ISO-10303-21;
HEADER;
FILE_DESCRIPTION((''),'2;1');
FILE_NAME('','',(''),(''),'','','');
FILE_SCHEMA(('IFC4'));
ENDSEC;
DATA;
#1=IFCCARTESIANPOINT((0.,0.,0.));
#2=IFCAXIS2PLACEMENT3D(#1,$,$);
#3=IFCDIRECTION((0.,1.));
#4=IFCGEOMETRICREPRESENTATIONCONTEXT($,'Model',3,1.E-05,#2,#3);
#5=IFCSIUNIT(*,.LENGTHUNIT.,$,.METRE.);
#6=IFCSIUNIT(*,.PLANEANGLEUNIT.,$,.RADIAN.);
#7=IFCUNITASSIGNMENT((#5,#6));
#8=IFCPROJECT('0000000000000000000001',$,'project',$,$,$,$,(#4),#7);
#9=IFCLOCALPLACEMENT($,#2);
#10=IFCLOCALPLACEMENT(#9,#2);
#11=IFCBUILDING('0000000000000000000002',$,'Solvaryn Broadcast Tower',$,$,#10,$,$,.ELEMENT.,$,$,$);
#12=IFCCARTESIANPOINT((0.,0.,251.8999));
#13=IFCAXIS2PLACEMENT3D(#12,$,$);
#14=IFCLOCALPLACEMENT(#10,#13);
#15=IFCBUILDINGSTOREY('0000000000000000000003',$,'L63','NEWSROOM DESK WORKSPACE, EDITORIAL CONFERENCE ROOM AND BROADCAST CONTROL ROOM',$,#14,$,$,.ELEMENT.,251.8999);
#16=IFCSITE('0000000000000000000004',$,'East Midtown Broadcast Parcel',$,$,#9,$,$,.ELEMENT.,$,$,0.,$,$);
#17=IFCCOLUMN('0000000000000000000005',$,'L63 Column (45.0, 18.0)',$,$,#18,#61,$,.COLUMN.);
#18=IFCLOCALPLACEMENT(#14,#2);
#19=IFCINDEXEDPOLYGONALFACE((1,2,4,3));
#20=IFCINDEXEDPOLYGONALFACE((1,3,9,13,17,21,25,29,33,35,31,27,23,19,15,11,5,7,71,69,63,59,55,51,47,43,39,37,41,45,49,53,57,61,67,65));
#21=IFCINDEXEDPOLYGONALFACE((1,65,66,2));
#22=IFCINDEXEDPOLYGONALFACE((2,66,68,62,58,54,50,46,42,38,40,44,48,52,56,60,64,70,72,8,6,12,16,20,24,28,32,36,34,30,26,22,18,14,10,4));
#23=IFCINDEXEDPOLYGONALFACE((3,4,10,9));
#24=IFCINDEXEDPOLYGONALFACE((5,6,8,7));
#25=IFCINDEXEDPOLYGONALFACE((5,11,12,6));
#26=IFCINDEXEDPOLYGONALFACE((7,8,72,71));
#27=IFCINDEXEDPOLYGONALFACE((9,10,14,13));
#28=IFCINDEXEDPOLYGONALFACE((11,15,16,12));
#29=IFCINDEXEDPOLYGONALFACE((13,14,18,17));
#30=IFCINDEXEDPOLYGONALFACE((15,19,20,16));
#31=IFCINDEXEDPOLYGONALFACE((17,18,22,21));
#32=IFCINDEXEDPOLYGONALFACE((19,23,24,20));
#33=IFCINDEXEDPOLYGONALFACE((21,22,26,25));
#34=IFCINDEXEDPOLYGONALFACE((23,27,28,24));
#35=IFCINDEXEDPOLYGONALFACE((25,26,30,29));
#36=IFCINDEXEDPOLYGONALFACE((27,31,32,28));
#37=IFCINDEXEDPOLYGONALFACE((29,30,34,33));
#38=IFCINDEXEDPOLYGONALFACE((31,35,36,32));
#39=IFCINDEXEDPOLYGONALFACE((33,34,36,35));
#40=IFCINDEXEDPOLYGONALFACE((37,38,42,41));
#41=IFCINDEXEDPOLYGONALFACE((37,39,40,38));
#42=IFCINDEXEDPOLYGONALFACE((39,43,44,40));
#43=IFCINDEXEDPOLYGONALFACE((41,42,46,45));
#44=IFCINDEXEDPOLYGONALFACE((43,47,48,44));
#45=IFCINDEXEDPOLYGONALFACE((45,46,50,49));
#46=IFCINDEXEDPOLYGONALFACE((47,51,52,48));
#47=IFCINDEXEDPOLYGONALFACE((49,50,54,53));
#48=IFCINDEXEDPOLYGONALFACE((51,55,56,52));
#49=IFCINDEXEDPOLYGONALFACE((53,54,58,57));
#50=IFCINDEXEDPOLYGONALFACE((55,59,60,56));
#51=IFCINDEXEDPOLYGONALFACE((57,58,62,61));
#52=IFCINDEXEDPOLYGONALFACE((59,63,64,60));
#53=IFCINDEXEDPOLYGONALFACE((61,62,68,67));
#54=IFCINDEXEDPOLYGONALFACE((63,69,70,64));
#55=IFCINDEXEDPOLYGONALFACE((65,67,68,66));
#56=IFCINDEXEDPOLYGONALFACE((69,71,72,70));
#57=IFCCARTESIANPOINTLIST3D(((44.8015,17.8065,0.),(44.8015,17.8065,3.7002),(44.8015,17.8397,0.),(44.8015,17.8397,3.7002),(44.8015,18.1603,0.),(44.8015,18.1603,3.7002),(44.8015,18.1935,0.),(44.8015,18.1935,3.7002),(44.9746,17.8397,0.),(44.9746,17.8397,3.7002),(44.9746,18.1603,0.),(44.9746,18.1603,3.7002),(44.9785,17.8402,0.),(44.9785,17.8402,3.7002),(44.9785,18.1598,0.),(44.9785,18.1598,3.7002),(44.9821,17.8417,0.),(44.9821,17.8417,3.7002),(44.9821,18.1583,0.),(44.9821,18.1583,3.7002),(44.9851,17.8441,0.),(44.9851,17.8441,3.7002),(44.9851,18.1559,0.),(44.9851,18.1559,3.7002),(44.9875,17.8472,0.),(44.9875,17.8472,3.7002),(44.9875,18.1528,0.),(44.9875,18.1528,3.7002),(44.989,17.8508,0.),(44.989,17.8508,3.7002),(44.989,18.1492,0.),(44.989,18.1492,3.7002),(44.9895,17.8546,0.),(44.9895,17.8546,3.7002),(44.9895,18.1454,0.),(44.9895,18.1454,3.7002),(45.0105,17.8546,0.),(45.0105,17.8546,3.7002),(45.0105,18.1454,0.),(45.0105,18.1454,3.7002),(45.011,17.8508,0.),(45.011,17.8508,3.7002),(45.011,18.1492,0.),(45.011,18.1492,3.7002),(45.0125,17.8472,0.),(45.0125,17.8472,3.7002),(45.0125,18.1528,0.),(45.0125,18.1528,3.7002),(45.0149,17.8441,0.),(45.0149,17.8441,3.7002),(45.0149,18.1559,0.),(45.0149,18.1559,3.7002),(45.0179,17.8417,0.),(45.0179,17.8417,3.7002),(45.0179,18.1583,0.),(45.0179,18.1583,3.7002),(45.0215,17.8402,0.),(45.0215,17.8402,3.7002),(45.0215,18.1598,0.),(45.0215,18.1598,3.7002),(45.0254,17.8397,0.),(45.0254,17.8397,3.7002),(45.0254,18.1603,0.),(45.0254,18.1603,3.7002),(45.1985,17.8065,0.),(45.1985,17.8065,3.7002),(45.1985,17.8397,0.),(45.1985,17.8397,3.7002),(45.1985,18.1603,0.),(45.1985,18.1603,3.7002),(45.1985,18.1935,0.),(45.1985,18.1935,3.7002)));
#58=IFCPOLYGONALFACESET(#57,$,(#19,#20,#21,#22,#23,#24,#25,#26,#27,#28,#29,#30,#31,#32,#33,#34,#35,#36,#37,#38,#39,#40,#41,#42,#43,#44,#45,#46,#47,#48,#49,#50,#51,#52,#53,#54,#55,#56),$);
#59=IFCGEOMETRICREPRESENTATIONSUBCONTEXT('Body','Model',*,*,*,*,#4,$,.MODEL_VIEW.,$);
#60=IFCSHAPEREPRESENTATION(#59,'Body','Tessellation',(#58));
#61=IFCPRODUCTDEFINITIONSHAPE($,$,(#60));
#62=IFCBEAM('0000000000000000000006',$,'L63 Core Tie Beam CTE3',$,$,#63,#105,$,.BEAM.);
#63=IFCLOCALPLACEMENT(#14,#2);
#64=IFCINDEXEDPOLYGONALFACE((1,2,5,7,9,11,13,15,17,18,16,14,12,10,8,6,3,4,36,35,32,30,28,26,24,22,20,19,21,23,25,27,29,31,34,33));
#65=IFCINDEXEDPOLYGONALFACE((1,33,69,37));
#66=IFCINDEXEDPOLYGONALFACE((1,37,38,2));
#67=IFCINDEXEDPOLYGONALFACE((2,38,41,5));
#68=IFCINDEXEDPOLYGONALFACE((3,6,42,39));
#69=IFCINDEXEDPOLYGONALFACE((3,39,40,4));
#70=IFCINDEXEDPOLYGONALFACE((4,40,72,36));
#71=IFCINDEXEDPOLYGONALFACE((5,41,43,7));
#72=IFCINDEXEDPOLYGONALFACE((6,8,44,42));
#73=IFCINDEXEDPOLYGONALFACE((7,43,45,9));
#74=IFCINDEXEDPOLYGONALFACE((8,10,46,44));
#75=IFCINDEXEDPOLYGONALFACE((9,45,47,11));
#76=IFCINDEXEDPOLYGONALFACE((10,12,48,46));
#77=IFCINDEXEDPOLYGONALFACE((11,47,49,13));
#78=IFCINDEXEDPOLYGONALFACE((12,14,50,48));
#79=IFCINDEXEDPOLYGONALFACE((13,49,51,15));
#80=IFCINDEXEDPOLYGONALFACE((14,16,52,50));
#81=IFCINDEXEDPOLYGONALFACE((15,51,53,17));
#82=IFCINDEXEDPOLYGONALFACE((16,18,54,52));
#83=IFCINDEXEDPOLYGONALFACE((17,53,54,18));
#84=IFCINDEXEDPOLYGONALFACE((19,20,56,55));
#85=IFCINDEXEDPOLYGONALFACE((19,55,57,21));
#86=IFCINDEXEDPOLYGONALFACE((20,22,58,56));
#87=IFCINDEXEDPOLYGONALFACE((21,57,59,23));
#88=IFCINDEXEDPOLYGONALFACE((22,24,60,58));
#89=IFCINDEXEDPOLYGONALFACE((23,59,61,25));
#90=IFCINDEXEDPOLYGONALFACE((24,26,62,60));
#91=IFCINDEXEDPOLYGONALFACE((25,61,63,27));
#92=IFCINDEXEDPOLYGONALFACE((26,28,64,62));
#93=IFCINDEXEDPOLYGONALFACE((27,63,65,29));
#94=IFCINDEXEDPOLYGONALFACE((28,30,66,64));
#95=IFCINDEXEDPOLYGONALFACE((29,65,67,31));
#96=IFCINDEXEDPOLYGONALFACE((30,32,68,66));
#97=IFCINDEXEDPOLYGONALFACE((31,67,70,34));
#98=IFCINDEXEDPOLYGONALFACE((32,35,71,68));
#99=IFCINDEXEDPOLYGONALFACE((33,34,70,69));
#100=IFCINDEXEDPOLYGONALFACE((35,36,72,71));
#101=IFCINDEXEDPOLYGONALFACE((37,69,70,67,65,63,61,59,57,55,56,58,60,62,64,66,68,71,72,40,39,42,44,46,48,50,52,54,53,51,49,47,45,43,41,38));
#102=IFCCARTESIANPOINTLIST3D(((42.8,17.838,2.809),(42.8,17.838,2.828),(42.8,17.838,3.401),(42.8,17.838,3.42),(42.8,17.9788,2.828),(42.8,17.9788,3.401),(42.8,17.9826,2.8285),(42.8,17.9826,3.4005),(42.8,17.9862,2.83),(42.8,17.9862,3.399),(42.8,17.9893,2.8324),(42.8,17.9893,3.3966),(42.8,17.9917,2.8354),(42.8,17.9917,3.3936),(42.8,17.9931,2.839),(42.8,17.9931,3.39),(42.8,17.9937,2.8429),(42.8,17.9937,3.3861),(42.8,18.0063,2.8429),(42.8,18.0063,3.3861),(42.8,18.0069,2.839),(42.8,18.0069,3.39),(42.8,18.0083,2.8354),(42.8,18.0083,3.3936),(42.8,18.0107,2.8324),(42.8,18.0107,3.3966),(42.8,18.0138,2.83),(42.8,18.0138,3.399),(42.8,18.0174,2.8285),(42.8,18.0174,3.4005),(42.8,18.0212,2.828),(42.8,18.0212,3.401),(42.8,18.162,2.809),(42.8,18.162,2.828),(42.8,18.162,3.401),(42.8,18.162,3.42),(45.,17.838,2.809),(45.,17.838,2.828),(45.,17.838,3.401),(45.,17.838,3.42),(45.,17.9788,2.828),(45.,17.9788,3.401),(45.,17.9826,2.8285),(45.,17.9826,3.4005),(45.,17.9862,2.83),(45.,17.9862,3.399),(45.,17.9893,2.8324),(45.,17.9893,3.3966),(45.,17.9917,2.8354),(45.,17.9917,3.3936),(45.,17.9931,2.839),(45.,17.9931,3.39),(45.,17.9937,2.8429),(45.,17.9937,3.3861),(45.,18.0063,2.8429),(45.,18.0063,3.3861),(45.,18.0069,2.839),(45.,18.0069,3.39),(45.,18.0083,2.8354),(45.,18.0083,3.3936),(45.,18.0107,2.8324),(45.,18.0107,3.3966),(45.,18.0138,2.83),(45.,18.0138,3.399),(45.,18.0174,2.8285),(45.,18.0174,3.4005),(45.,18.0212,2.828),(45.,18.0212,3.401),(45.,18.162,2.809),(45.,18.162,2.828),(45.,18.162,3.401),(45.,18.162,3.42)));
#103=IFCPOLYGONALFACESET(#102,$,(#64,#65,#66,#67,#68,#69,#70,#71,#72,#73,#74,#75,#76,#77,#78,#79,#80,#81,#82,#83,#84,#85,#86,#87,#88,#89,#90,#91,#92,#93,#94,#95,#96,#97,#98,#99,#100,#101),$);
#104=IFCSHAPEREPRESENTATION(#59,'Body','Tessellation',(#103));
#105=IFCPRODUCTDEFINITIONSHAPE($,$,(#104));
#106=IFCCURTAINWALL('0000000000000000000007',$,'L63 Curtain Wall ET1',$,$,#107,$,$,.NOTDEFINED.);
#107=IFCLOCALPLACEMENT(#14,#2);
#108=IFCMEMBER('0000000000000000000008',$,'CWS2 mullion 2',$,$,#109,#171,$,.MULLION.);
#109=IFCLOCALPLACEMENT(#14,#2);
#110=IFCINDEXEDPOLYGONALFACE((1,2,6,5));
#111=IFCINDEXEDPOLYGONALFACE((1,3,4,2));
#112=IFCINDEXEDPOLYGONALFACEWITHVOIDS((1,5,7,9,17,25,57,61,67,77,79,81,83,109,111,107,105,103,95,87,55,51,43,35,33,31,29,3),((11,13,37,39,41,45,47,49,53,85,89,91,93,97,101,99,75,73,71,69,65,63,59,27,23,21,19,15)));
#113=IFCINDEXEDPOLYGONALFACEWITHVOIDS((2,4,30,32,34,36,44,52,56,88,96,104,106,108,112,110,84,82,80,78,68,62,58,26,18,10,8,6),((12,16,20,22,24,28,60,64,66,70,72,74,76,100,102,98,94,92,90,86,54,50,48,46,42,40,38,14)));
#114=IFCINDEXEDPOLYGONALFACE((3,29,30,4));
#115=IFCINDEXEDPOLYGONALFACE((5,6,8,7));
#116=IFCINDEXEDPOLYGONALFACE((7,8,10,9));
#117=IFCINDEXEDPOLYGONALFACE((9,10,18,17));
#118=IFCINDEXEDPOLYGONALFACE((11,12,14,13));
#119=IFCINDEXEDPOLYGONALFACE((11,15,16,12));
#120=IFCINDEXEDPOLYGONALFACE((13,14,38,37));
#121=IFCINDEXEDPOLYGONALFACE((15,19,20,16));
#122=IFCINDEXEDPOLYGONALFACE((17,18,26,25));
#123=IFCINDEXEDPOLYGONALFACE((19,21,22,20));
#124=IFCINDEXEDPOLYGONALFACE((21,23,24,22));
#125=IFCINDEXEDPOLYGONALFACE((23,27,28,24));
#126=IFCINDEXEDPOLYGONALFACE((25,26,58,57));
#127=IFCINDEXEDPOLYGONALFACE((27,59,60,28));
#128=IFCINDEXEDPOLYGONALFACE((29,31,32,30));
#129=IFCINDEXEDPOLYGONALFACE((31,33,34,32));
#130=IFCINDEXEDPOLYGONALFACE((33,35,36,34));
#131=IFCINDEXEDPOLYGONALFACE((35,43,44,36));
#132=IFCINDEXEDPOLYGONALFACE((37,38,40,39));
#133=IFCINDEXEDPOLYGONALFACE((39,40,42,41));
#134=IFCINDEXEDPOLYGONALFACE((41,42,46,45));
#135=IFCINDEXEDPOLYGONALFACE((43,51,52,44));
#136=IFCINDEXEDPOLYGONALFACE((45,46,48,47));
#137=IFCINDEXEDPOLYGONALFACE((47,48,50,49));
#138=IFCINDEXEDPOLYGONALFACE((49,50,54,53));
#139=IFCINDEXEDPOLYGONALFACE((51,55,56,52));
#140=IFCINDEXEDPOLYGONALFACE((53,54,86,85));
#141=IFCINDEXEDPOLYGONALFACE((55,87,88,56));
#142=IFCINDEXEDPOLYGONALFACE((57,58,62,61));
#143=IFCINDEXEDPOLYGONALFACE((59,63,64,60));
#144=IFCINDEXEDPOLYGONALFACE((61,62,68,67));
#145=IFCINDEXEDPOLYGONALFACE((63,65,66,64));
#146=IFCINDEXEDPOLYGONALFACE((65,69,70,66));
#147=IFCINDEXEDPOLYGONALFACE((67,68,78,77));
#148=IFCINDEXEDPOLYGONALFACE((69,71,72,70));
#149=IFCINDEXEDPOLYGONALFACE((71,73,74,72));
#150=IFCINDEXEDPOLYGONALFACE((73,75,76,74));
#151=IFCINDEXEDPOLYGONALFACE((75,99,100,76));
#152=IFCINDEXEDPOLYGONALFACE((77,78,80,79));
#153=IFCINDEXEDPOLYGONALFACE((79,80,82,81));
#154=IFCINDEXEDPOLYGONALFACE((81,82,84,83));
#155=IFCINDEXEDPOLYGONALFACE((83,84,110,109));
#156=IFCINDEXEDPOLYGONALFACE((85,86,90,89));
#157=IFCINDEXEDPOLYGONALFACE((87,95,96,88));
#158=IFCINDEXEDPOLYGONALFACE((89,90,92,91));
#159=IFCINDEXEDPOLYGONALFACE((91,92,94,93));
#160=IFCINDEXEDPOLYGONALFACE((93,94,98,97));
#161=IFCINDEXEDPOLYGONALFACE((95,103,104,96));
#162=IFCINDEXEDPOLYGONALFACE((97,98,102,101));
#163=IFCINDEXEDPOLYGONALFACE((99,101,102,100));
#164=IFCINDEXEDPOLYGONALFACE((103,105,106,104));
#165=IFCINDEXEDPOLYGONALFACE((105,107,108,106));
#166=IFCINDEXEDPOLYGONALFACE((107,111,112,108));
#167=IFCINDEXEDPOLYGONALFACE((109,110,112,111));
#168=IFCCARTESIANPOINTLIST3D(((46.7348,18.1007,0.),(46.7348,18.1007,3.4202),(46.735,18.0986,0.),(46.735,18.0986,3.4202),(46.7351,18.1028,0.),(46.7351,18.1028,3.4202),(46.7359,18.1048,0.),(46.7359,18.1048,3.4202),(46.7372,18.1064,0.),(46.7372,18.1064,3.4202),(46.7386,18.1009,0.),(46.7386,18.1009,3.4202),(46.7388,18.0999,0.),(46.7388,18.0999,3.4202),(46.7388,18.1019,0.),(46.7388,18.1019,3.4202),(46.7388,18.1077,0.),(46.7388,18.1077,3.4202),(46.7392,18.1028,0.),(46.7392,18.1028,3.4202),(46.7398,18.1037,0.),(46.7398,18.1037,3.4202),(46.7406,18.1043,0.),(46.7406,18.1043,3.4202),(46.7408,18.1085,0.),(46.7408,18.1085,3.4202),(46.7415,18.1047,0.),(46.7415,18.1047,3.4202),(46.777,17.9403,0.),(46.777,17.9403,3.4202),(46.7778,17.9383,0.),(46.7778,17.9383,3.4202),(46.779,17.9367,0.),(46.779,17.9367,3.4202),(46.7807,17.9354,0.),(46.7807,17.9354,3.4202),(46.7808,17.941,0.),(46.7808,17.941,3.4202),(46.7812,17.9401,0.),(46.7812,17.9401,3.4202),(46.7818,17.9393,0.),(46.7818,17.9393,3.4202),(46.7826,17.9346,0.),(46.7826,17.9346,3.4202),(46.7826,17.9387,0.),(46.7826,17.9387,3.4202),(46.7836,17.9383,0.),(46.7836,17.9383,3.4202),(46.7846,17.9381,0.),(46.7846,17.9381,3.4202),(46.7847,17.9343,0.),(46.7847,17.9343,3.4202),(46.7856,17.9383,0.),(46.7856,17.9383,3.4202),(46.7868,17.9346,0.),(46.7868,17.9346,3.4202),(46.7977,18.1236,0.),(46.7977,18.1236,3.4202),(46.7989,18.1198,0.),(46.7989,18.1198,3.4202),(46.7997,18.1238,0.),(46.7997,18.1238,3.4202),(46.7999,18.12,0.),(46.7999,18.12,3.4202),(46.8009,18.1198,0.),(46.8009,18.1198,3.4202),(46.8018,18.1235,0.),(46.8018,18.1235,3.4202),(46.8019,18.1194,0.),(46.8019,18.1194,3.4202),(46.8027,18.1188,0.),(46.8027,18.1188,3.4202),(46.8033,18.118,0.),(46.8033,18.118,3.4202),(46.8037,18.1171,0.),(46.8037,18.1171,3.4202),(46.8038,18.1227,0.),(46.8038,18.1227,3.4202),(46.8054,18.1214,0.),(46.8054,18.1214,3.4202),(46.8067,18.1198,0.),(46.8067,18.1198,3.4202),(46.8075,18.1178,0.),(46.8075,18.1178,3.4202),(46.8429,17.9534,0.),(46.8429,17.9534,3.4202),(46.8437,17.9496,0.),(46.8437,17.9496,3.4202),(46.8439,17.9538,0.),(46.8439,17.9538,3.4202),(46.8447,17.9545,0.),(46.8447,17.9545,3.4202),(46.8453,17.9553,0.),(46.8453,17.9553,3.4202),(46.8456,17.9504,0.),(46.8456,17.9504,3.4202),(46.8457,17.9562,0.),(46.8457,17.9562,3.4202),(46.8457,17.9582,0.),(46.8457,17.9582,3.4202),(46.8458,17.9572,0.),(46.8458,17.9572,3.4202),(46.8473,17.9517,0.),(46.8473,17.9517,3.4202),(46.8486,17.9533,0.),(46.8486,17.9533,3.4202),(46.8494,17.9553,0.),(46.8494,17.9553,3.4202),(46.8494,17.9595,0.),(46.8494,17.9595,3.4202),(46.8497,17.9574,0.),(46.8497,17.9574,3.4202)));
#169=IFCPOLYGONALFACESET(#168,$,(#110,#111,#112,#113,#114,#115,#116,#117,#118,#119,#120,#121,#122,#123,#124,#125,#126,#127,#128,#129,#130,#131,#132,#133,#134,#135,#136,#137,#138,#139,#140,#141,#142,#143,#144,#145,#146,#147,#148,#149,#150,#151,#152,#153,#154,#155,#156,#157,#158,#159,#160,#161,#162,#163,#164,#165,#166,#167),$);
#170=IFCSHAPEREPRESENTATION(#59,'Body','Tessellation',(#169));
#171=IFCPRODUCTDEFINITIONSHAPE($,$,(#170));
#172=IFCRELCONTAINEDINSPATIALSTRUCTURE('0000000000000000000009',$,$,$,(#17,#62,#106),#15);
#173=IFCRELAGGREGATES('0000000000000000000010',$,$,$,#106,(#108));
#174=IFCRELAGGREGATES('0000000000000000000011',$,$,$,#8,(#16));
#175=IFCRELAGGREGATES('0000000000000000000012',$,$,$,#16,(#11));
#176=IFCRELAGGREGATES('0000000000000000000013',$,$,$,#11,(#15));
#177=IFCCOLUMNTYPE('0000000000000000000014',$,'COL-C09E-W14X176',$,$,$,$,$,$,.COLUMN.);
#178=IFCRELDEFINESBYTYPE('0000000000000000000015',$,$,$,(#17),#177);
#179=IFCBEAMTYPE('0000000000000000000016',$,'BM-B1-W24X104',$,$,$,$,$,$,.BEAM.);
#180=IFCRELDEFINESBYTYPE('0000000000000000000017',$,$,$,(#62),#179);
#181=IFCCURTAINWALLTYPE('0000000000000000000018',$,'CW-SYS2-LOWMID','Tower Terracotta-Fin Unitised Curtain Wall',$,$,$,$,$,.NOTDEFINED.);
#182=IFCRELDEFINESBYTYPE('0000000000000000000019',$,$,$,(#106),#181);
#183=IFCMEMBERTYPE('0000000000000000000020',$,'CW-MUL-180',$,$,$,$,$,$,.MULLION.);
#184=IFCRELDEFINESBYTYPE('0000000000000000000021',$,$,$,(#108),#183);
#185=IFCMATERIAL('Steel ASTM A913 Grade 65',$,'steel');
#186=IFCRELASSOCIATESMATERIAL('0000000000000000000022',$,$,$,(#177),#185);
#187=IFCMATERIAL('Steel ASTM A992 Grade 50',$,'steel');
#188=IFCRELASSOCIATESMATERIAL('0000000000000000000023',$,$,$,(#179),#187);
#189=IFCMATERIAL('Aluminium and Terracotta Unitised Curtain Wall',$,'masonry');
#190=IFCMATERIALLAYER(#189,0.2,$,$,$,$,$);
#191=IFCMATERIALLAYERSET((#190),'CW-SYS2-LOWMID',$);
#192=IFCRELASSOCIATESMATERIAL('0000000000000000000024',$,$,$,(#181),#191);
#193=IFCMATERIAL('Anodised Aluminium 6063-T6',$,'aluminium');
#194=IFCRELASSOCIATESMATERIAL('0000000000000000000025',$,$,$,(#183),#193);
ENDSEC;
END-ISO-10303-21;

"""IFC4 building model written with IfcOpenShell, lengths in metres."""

from ifc_helpers import new_model, si_unit, direction, frame, origin, origin_2d, place, context, subcontext, project, spatial, hollow_rectangle, i_section, extrude, material, layer, layer_set, material_profile, profile_set, type_object, element, aggregate, save


model = new_model("IFC4")

# Units and contexts
model_context = context("Model", 3, precision=1e-05, world=origin(), true_north=direction((0.0, 1.0)))
body_context = subcontext(model_context, "Body", "Model", "MODEL_VIEW")
ifc_project = project(units=[si_unit("LENGTHUNIT", "METRE"), si_unit("PLANEANGLEUNIT", "RADIAN")], contexts=[model_context])

# Site, building, storey
site_placement = place(None, origin())
site = spatial("IfcSite", under=ifc_project, at=site_placement, Name="East Midtown Broadcast Parcel", CompositionType="ELEMENT", RefElevation=0.0)
building_placement = place(site_placement, origin())
building = spatial("IfcBuilding", under=site, at=building_placement, Name="Solvaryn Broadcast Tower", CompositionType="ELEMENT")
storey_placement = place(building_placement, frame((0.0, 0.0, 251.8999)))
storey = spatial("IfcBuildingStorey", under=building, at=storey_placement, Name="L63", Description="NEWSROOM DESK WORKSPACE, EDITORIAL CONFERENCE ROOM AND BROADCAST CONTROL ROOM", CompositionType="ELEMENT", Elevation=251.8999)

# Column
ifc_material_1 = material(Name="Steel ASTM A913 Grade 65", Category="steel")
ifc_material_profile_1 = material_profile(ifc_material_1, i_section(OverallWidth=0.397, OverallDepth=0.387, WebThickness=0.021, FlangeThickness=0.0332, FilletRadius=0.0149, at=origin_2d()))
ifc_profile_set_1 = profile_set([ifc_material_profile_1], Name="Steel ASTM A913 Grade 65")
column_type = type_object("IfcColumnType", Name="COL-C09E-W14X176", PredefinedType="COLUMN", material=ifc_profile_set_1)
column_placement = place(storey_placement, frame((45.0, 18.0, 0.0), z_axis=(0.0, 0.0, 1.0), x_axis=(1.0, 0.0, 0.0)))
element("IfcColumn", 1, at=column_placement, inside=storey, type_object=column_type, Name="L63 Column (45.0, 18.0)", PredefinedType="COLUMN", context=body_context, shape_type="SweptSolid", body=[
    extrude(i_section(OverallWidth=0.397, OverallDepth=0.387, WebThickness=0.021, FlangeThickness=0.0332, FilletRadius=0.0149, at=origin_2d()), origin(), (0.0, 0.0, 1.0), 3.7002),
])

# Beam
ifc_material_2 = material(Name="Steel ASTM A992 Grade 50", Category="steel")
ifc_material_profile_2 = material_profile(ifc_material_2, i_section(OverallWidth=0.324, OverallDepth=0.6111, WebThickness=0.0127, FlangeThickness=0.019, FilletRadius=0.0149, at=origin_2d()))
ifc_profile_set_2 = profile_set([ifc_material_profile_2], Name="Steel ASTM A992 Grade 50")
beam_type = type_object("IfcBeamType", Name="BM-B1-W24X104", PredefinedType="BEAM", material=ifc_profile_set_2)
beam_placement = place(storey_placement, frame((42.8, 18.0, 3.1145), z_axis=(1.0, 0.0, 0.0), x_axis=(0.0, 1.0, 0.0)))
element("IfcBeam", 2, at=beam_placement, inside=storey, type_object=beam_type, Name="L63 Core Tie Beam CTE3", PredefinedType="BEAM", context=body_context, shape_type="SweptSolid", body=[
    extrude(i_section(OverallWidth=0.324, OverallDepth=0.6111, WebThickness=0.0127, FlangeThickness=0.019, FilletRadius=0.0149, at=origin_2d()), origin(), (0.0, 0.0, 1.0), 2.2),
])

# Curtain wall, member
ifc_material_3 = material(Name="Aluminium and Terracotta Unitised Curtain Wall", Category="masonry")
ifc_layer_1 = layer(ifc_material_3, 0.2)
ifc_layer_set_1 = layer_set([ifc_layer_1], Name="CW-SYS2-LOWMID")
curtain_wall_type = type_object("IfcCurtainWallType", Name="CW-SYS2-LOWMID", Description="Tower Terracotta-Fin Unitised Curtain Wall", PredefinedType="NOTDEFINED", material=ifc_layer_set_1)
curtain_wall_1_placement = place(storey_placement, origin())
curtain_wall_1 = element("IfcCurtainWall", 3, at=curtain_wall_1_placement, inside=storey, type_object=curtain_wall_type, Name="L63 Curtain Wall ET1", PredefinedType="NOTDEFINED")
ifc_material_4 = material(Name="Anodised Aluminium 6063-T6", Category="aluminium")
ifc_material_profile_3 = material_profile(ifc_material_4, hollow_rectangle(XDim=0.075, YDim=0.1799, WallThickness=0.0039, InnerFilletRadius=0.0039, OuterFilletRadius=0.0081, at=origin_2d()))
ifc_profile_set_3 = profile_set([ifc_material_profile_3], Name="Anodised Aluminium 6063-T6")
member_type_1 = type_object("IfcMemberType", Name="CW-MUL-180", PredefinedType="MULLION", material=ifc_profile_set_3)
member_1_placement = place(storey_placement, frame((46.7922, 18.0291, 0.0), z_axis=(0.0, 0.0, 1.0), x_axis=(0.966705, 0.255893, 0.0)))
member_1 = element("IfcMember", 4, at=member_1_placement, type_object=member_type_1, Name="CWS2 mullion 2", PredefinedType="MULLION", context=body_context, shape_type="SweptSolid", body=[
    extrude(hollow_rectangle(XDim=0.075, YDim=0.1799, WallThickness=0.0039, InnerFilletRadius=0.0039, OuterFilletRadius=0.0081, at=origin_2d()), origin(), (0.0, 0.0, 1.0), 3.4202),
])

aggregate(curtain_wall_1, [member_1])

save(model, "model.ifc")
